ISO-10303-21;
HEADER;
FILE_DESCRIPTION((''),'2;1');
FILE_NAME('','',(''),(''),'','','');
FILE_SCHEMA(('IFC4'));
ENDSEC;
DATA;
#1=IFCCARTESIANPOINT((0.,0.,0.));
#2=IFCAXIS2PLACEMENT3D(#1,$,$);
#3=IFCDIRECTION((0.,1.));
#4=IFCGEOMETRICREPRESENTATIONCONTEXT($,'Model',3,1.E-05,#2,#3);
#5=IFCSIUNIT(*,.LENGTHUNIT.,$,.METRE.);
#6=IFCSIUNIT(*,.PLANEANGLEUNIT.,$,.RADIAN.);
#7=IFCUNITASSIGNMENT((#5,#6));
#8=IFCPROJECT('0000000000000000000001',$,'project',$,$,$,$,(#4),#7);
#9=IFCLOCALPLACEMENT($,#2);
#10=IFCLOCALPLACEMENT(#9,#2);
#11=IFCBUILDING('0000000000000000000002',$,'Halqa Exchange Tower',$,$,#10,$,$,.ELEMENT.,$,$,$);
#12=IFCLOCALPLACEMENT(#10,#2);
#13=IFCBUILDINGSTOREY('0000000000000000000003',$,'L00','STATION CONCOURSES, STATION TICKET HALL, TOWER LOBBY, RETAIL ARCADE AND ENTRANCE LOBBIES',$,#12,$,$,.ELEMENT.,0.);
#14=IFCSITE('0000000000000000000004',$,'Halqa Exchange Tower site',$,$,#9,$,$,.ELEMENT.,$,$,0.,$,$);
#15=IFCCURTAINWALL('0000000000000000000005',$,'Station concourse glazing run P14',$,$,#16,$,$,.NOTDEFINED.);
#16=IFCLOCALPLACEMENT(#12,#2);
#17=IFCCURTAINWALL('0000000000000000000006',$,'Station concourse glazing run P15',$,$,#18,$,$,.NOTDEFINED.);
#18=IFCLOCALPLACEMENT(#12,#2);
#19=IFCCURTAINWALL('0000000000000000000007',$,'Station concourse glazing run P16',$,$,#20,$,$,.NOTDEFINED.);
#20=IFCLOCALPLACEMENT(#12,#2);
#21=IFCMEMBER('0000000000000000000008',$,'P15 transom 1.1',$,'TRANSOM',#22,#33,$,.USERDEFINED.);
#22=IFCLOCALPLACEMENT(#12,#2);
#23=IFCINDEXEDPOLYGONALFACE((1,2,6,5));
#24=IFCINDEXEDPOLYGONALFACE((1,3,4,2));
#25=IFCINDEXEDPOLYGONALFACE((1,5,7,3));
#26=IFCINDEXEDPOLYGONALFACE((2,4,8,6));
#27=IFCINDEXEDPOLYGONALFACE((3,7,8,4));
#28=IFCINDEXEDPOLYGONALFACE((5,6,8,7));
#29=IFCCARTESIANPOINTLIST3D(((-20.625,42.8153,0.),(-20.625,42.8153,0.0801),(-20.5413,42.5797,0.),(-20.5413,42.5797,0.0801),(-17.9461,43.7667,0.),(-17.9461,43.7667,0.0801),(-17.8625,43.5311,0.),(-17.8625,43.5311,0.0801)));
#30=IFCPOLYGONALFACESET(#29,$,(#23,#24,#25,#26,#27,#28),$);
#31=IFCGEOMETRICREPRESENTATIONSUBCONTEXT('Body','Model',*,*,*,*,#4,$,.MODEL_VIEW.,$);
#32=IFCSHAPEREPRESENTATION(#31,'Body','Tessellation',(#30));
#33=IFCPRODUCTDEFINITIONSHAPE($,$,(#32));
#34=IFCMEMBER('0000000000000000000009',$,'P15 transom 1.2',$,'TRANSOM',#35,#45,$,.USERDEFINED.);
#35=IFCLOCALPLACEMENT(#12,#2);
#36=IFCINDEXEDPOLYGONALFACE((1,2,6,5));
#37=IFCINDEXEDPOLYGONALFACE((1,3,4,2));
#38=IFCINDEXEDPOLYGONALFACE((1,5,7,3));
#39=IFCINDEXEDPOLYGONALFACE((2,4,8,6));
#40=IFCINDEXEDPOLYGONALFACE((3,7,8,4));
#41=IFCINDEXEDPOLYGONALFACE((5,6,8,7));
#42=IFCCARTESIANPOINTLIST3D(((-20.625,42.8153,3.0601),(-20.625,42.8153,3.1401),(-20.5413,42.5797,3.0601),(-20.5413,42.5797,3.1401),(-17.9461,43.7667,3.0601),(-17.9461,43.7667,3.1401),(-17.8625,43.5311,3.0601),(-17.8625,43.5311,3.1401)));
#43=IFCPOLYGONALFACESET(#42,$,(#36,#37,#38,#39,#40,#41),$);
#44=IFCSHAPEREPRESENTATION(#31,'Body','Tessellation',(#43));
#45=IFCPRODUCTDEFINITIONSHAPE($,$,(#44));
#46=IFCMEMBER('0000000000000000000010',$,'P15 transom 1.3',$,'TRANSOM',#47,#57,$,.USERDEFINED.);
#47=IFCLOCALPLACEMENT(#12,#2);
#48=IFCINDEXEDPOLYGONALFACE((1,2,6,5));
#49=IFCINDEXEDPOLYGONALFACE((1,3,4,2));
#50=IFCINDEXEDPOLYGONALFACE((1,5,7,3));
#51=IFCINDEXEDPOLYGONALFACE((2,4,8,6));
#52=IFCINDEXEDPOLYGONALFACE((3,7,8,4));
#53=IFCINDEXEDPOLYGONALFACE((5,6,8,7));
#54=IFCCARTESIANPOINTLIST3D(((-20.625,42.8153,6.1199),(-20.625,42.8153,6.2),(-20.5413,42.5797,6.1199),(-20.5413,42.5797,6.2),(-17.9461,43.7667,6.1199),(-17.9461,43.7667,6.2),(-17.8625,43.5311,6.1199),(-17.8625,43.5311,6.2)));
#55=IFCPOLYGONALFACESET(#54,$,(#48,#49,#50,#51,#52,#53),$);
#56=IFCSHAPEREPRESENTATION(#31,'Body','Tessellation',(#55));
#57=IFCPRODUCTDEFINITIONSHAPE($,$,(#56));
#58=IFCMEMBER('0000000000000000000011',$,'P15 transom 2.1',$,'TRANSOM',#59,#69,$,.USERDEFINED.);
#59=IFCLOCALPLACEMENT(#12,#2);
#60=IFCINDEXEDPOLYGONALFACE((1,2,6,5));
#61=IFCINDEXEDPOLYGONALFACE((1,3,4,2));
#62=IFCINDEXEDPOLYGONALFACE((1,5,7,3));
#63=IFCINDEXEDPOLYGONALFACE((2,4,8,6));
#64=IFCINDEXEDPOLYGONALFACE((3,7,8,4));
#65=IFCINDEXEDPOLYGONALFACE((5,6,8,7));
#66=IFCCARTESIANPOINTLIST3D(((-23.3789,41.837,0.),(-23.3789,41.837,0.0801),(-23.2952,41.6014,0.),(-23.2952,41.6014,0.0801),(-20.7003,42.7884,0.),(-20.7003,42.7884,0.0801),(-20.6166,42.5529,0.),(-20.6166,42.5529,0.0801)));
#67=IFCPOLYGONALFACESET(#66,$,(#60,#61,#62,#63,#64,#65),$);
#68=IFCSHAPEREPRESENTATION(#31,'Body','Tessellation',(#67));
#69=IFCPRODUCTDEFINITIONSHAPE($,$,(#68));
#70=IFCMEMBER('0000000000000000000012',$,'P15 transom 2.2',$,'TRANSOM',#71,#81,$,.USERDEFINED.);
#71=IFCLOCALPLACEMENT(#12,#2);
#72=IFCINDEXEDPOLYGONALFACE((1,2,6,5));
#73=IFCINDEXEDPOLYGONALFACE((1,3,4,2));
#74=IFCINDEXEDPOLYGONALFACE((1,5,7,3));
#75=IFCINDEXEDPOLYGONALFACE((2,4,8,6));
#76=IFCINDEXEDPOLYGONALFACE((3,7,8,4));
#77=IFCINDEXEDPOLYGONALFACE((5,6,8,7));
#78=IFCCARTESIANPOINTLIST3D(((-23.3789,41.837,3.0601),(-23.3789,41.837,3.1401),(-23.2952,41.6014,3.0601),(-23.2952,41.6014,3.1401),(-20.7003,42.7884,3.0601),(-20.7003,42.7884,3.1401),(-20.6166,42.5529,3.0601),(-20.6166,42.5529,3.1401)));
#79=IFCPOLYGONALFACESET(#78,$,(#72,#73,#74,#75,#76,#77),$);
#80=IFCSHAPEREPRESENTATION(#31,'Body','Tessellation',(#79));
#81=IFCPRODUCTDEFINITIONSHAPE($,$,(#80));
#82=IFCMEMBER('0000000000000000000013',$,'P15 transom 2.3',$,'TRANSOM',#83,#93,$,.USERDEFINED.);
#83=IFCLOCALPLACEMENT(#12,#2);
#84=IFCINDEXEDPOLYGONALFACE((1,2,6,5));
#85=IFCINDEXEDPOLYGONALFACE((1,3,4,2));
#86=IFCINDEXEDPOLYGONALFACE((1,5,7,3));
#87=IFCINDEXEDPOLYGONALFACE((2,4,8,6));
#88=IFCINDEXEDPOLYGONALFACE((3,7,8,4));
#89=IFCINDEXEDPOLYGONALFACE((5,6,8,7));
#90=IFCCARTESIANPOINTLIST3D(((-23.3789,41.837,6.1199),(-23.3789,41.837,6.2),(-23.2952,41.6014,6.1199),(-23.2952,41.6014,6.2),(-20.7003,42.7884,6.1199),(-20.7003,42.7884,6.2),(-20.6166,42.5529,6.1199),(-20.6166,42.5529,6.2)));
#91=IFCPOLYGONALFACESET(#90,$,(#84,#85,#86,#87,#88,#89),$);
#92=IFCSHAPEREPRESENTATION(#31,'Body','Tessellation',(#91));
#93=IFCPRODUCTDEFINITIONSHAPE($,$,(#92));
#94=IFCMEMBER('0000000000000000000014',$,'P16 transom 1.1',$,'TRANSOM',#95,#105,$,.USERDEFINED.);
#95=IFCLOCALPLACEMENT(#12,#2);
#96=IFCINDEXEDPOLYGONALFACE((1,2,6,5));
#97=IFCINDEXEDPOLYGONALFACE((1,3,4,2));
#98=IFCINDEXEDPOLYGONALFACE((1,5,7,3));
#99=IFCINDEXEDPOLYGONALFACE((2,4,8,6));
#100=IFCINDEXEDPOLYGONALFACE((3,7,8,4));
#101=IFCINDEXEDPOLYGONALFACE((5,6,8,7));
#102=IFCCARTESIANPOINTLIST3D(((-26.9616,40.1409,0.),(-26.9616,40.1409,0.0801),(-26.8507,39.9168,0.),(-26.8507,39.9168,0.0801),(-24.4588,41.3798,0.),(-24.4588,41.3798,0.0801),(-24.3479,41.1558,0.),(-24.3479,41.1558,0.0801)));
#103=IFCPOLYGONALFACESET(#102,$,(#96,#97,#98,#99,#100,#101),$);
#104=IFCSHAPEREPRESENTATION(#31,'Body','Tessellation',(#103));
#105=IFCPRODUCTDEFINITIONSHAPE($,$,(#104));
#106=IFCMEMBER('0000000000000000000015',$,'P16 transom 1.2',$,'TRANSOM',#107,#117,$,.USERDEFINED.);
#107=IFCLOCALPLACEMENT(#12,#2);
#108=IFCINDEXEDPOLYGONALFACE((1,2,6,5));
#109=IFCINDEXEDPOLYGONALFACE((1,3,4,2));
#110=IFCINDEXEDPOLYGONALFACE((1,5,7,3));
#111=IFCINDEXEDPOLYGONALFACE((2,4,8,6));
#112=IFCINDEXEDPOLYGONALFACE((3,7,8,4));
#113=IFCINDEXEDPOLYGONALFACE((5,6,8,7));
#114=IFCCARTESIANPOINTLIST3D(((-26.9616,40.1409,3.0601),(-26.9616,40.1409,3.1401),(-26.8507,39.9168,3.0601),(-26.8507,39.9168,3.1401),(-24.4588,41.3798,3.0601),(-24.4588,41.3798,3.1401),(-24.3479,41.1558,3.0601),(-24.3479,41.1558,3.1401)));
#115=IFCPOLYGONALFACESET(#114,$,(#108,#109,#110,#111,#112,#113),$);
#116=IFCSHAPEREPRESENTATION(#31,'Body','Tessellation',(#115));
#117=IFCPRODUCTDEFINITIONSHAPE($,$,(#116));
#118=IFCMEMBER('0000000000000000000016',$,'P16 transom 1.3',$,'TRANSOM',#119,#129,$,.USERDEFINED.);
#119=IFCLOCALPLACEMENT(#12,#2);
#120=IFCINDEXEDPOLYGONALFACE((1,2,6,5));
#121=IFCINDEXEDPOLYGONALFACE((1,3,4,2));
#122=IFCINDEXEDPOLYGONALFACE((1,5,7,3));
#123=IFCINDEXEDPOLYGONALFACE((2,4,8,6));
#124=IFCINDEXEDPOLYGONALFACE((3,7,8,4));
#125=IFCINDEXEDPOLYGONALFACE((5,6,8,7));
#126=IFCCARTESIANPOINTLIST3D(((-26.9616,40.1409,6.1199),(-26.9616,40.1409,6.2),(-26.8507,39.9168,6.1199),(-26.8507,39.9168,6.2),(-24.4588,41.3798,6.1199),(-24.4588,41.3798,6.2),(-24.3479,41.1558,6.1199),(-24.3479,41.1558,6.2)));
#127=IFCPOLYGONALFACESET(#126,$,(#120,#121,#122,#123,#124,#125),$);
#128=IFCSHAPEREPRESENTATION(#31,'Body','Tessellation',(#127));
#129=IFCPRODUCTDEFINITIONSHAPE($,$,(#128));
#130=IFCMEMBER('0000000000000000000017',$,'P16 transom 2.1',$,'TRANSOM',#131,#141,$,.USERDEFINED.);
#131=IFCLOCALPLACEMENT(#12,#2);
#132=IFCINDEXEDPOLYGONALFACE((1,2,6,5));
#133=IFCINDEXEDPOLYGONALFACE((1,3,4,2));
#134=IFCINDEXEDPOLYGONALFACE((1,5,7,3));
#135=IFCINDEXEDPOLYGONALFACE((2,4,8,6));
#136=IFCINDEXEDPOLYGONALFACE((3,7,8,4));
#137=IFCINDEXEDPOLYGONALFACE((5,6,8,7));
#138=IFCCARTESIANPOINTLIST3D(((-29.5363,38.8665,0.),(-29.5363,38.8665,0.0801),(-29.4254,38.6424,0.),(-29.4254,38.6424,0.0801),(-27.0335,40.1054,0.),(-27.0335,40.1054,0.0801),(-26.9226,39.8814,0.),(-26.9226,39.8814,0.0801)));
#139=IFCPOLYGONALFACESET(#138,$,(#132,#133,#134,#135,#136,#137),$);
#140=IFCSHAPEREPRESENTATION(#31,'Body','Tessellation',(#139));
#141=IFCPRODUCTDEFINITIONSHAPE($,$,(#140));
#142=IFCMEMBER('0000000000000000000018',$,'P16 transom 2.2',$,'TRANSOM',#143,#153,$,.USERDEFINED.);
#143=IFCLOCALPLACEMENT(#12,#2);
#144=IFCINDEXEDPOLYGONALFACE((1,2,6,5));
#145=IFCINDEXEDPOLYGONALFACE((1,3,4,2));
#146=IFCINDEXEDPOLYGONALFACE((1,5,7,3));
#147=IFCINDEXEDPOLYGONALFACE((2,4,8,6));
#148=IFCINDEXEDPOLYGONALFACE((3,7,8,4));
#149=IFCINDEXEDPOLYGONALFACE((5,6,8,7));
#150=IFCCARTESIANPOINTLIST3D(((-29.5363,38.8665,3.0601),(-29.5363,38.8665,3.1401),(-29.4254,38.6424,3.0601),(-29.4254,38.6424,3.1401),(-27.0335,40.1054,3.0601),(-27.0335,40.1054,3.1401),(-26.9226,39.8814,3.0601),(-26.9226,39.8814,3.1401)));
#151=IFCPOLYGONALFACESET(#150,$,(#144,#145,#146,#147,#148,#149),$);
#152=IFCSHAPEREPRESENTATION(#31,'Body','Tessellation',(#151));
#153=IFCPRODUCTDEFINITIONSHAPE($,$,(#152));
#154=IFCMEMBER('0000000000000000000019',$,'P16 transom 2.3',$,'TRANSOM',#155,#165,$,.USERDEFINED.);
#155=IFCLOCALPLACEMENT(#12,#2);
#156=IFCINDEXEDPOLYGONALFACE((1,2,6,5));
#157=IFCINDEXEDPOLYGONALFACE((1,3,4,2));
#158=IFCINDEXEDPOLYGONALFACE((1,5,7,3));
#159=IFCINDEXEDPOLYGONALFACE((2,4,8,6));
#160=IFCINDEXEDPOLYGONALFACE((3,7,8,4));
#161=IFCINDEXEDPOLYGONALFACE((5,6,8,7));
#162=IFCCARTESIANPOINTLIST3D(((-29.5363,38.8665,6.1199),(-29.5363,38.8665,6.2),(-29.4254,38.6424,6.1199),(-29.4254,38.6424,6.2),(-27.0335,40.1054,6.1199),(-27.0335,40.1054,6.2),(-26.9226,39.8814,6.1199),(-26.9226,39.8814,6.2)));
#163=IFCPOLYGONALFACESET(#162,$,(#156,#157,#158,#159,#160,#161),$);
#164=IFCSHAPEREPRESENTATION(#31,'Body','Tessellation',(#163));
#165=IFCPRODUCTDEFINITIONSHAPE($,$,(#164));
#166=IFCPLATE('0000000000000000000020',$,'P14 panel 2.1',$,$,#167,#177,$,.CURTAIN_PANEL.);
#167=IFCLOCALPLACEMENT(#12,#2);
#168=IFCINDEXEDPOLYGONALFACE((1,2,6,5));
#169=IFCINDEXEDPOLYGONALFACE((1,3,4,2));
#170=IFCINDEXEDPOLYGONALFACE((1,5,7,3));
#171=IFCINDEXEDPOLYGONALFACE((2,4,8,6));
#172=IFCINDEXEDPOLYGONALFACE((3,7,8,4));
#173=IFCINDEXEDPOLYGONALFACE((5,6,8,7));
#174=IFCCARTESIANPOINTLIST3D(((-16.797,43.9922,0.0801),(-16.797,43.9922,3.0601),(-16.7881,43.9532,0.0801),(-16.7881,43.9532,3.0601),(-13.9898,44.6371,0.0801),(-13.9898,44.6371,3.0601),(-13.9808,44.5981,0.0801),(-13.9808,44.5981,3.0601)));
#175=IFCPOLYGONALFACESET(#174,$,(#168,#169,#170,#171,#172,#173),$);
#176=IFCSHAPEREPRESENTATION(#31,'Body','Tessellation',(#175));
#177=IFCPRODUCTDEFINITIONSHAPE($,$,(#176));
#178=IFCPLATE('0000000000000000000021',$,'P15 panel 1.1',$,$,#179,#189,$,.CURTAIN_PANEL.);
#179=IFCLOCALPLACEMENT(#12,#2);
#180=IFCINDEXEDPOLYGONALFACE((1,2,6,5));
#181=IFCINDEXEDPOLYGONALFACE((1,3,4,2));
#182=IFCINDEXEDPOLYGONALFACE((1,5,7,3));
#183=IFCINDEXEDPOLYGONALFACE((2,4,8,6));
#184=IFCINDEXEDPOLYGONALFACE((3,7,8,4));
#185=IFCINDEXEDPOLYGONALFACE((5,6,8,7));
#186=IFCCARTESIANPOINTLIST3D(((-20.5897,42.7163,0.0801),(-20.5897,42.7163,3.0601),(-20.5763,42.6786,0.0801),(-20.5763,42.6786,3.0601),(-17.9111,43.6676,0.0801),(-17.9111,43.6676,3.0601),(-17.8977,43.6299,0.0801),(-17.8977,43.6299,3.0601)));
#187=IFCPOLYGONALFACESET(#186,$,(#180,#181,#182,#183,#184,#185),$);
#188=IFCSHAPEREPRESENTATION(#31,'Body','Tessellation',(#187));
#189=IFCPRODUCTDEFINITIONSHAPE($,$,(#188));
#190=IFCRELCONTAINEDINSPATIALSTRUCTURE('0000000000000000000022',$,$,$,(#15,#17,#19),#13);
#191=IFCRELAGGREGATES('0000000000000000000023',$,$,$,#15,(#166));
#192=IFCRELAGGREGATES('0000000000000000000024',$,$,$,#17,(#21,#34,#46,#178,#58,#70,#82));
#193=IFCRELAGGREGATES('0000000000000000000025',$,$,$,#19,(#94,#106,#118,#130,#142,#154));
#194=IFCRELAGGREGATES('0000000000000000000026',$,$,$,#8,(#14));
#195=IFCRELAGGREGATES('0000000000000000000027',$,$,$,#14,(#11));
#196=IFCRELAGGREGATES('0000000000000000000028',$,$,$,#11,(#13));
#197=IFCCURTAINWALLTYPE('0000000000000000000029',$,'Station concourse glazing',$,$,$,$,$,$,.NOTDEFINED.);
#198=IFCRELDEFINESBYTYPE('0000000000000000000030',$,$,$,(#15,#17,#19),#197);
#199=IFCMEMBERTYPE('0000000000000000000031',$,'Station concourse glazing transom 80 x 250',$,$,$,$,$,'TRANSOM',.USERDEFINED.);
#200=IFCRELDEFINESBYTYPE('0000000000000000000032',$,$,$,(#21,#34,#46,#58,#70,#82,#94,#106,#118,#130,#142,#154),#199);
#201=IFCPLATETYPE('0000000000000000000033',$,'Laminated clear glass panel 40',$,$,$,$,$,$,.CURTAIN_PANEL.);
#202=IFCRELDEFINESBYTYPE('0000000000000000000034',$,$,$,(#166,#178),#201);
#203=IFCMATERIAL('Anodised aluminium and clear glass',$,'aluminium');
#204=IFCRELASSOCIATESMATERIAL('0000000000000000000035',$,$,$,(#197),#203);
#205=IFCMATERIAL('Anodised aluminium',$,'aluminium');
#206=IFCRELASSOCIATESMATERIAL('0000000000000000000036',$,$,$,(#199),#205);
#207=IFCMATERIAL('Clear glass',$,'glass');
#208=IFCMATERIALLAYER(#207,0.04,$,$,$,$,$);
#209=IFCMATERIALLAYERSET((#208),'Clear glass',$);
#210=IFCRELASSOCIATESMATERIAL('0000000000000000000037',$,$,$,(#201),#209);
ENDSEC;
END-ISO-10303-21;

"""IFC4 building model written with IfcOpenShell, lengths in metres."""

from ifc_helpers import new_model, si_unit, direction, frame, origin, origin_2d, place, context, subcontext, project, spatial, rectangle, extrude, material, layer, layer_set, material_profile, profile_set, type_object, element, aggregate, save


model = new_model("IFC4")

# Units and contexts
model_context = context("Model", 3, precision=1e-05, world=origin(), true_north=direction((0.0, 1.0)))
body_context = subcontext(model_context, "Body", "Model", "MODEL_VIEW")
ifc_project = project(units=[si_unit("LENGTHUNIT", "METRE"), si_unit("PLANEANGLEUNIT", "RADIAN")], contexts=[model_context])

# Site, building, storey
site_placement = place(None, origin())
site = spatial("IfcSite", under=ifc_project, at=site_placement, Name="Halqa Exchange Tower site", CompositionType="ELEMENT", RefElevation=0.0)
building_placement = place(site_placement, origin())
building = spatial("IfcBuilding", under=site, at=building_placement, Name="Halqa Exchange Tower", CompositionType="ELEMENT")
storey_placement = place(building_placement, origin())
storey = spatial("IfcBuildingStorey", under=building, at=storey_placement, Name="L00", Description="STATION CONCOURSES, STATION TICKET HALL, TOWER LOBBY, RETAIL ARCADE AND ENTRANCE LOBBIES", CompositionType="ELEMENT", Elevation=0.0)

# Curtain wall
ifc_material_1 = material(Name="Anodised aluminium and clear glass", Category="aluminium")
curtain_wall_type = type_object("IfcCurtainWallType", Name="Station concourse glazing", PredefinedType="NOTDEFINED", material=ifc_material_1)
curtain_wall_1_placement = place(storey_placement, origin())
curtain_wall_1 = element("IfcCurtainWall", 1, at=curtain_wall_1_placement, inside=storey, type_object=curtain_wall_type, Name="Station concourse glazing run P14", PredefinedType="NOTDEFINED")
ifc_material_2 = material(Name="Anodised aluminium", Category="aluminium")

# Curtain walls
curtain_wall_2_placement = place(storey_placement, origin())
curtain_wall_2 = element("IfcCurtainWall", 2, at=curtain_wall_2_placement, inside=storey, type_object=curtain_wall_type, Name="Station concourse glazing run P15", PredefinedType="NOTDEFINED")
curtain_wall_3_placement = place(storey_placement, origin())
curtain_wall_3 = element("IfcCurtainWall", 3, at=curtain_wall_3_placement, inside=storey, type_object=curtain_wall_type, Name="Station concourse glazing run P16", PredefinedType="NOTDEFINED")

# Members
ifc_material_profile_1 = material_profile(ifc_material_2, rectangle(XDim=0.25, YDim=0.0801, at=origin_2d()), Name="AL 80x250")
ifc_profile_set_1 = profile_set([ifc_material_profile_1], Name="Anodised aluminium")
member_type_1 = type_object("IfcMemberType", Name="Station concourse glazing transom 80 x 250", ElementType="TRANSOM", PredefinedType="USERDEFINED", material=ifc_profile_set_1)
member_1_placement = place(storey_placement, frame((-17.9043, 43.6489, 0.04), z_axis=(-0.942327, -0.334693, 0.0), x_axis=(0.334693, -0.942327, 0.0)))
member_1 = element("IfcMember", 4, at=member_1_placement, type_object=member_type_1, Name="P15 transom 1.1", ObjectType="TRANSOM", PredefinedType="USERDEFINED", context=body_context, shape_type="SweptSolid", body=[
    extrude(rectangle(XDim=0.25, YDim=0.0801, at=origin_2d()), origin(), (0.0, 0.0, 1.0), 2.8428),
])
member_2_placement = place(storey_placement, frame((-17.9043, 43.6489, 3.1001), z_axis=(-0.942327, -0.334693, 0.0), x_axis=(0.334693, -0.942327, 0.0)))
member_2 = element("IfcMember", 5, at=member_2_placement, type_object=member_type_1, Name="P15 transom 1.2", ObjectType="TRANSOM", PredefinedType="USERDEFINED", context=body_context, shape_type="SweptSolid", body=[
    extrude(rectangle(XDim=0.25, YDim=0.0801, at=origin_2d()), origin(), (0.0, 0.0, 1.0), 2.8428),
])
member_3_placement = place(storey_placement, frame((-17.9043, 43.6489, 6.1599), z_axis=(-0.942327, -0.334693, 0.0), x_axis=(0.334693, -0.942327, 0.0)))
member_3 = element("IfcMember", 6, at=member_3_placement, type_object=member_type_1, Name="P15 transom 1.3", ObjectType="TRANSOM", PredefinedType="USERDEFINED", context=body_context, shape_type="SweptSolid", body=[
    extrude(rectangle(XDim=0.25, YDim=0.0801, at=origin_2d()), origin(), (0.0, 0.0, 1.0), 2.8428),
])
member_4_placement = place(storey_placement, frame((-20.6584, 42.6707, 0.04), z_axis=(-0.942318, -0.33472, 0.0), x_axis=(0.33472, -0.942318, 0.0)))
member_4 = element("IfcMember", 7, at=member_4_placement, type_object=member_type_1, Name="P15 transom 2.1", ObjectType="TRANSOM", PredefinedType="USERDEFINED", context=body_context, shape_type="SweptSolid", body=[
    extrude(rectangle(XDim=0.25, YDim=0.0801, at=origin_2d()), origin(), (0.0, 0.0, 1.0), 2.8425),
])
member_5_placement = place(storey_placement, frame((-20.6584, 42.6707, 3.1001), z_axis=(-0.942318, -0.33472, 0.0), x_axis=(0.33472, -0.942318, 0.0)))
member_5 = element("IfcMember", 8, at=member_5_placement, type_object=member_type_1, Name="P15 transom 2.2", ObjectType="TRANSOM", PredefinedType="USERDEFINED", context=body_context, shape_type="SweptSolid", body=[
    extrude(rectangle(XDim=0.25, YDim=0.0801, at=origin_2d()), origin(), (0.0, 0.0, 1.0), 2.8425),
])
member_6_placement = place(storey_placement, frame((-20.6584, 42.6707, 6.1599), z_axis=(-0.942318, -0.33472, 0.0), x_axis=(0.33472, -0.942318, 0.0)))
member_6 = element("IfcMember", 9, at=member_6_placement, type_object=member_type_1, Name="P15 transom 2.3", ObjectType="TRANSOM", PredefinedType="USERDEFINED", context=body_context, shape_type="SweptSolid", body=[
    extrude(rectangle(XDim=0.25, YDim=0.0801, at=origin_2d()), origin(), (0.0, 0.0, 1.0), 2.8425),
])
member_7_placement = place(storey_placement, frame((-24.4033, 41.2678, 0.04), z_axis=(-0.896203, -0.443643, 0.0), x_axis=(0.443643, -0.896203, 0.0)))
member_7 = element("IfcMember", 10, at=member_7_placement, type_object=member_type_1, Name="P16 transom 1.1", ObjectType="TRANSOM", PredefinedType="USERDEFINED", context=body_context, shape_type="SweptSolid", body=[
    extrude(rectangle(XDim=0.25, YDim=0.0801, at=origin_2d()), origin(), (0.0, 0.0, 1.0), 2.7927),
])
member_8_placement = place(storey_placement, frame((-24.4033, 41.2678, 3.1001), z_axis=(-0.896203, -0.443643, 0.0), x_axis=(0.443643, -0.896203, 0.0)))
member_8 = element("IfcMember", 11, at=member_8_placement, type_object=member_type_1, Name="P16 transom 1.2", ObjectType="TRANSOM", PredefinedType="USERDEFINED", context=body_context, shape_type="SweptSolid", body=[
    extrude(rectangle(XDim=0.25, YDim=0.0801, at=origin_2d()), origin(), (0.0, 0.0, 1.0), 2.7927),
])
member_9_placement = place(storey_placement, frame((-24.4033, 41.2678, 6.1599), z_axis=(-0.896203, -0.443643, 0.0), x_axis=(0.443643, -0.896203, 0.0)))
member_9 = element("IfcMember", 12, at=member_9_placement, type_object=member_type_1, Name="P16 transom 1.3", ObjectType="TRANSOM", PredefinedType="USERDEFINED", context=body_context, shape_type="SweptSolid", body=[
    extrude(rectangle(XDim=0.25, YDim=0.0801, at=origin_2d()), origin(), (0.0, 0.0, 1.0), 2.7927),
])
member_10_placement = place(storey_placement, frame((-26.978, 39.9934, 0.04), z_axis=(-0.896203, -0.443643, 0.0), x_axis=(0.443643, -0.896203, 0.0)))
member_10 = element("IfcMember", 13, at=member_10_placement, type_object=member_type_1, Name="P16 transom 2.1", ObjectType="TRANSOM", PredefinedType="USERDEFINED", context=body_context, shape_type="SweptSolid", body=[
    extrude(rectangle(XDim=0.25, YDim=0.0801, at=origin_2d()), origin(), (0.0, 0.0, 1.0), 2.7927),
])
member_11_placement = place(storey_placement, frame((-26.978, 39.9934, 3.1001), z_axis=(-0.896203, -0.443643, 0.0), x_axis=(0.443643, -0.896203, 0.0)))
member_11 = element("IfcMember", 14, at=member_11_placement, type_object=member_type_1, Name="P16 transom 2.2", ObjectType="TRANSOM", PredefinedType="USERDEFINED", context=body_context, shape_type="SweptSolid", body=[
    extrude(rectangle(XDim=0.25, YDim=0.0801, at=origin_2d()), origin(), (0.0, 0.0, 1.0), 2.7927),
])
member_12_placement = place(storey_placement, frame((-26.978, 39.9934, 6.1599), z_axis=(-0.896203, -0.443643, 0.0), x_axis=(0.443643, -0.896203, 0.0)))
member_12 = element("IfcMember", 15, at=member_12_placement, type_object=member_type_1, Name="P16 transom 2.3", ObjectType="TRANSOM", PredefinedType="USERDEFINED", context=body_context, shape_type="SweptSolid", body=[
    extrude(rectangle(XDim=0.25, YDim=0.0801, at=origin_2d()), origin(), (0.0, 0.0, 1.0), 2.7927),
])

# Plates
ifc_material_3 = material(Name="Clear glass", Category="glass")
ifc_layer_1 = layer(ifc_material_3, 0.04)
ifc_layer_set_1 = layer_set([ifc_layer_1], Name="Clear glass")
plate_type = type_object("IfcPlateType", Name="Laminated clear glass panel 40", PredefinedType="CURTAIN_PANEL", material=ifc_layer_set_1)
plate_1_placement = place(storey_placement, frame((-15.3889, 44.2952, 0.0801), z_axis=(0.0, 0.0, 1.0), x_axis=(-0.974613, -0.223897, 0.0)))
plate_1 = element("IfcPlate", 16, at=plate_1_placement, type_object=plate_type, Name="P14 panel 2.1", PredefinedType="CURTAIN_PANEL", context=body_context, shape_type="SweptSolid", body=[
    extrude(rectangle(XDim=2.8804, YDim=0.04, at=origin_2d()), origin(), (0.0, 0.0, 1.0), 2.98),
])
aggregate(curtain_wall_1, [plate_1])
plate_2_placement = place(storey_placement, frame((-19.2437, 43.1731, 0.0801), z_axis=(0.0, 0.0, 1.0), x_axis=(-0.942329, -0.334688, 0.0)))
plate_2 = element("IfcPlate", 17, at=plate_2_placement, type_object=plate_type, Name="P15 panel 1.1", PredefinedType="CURTAIN_PANEL", context=body_context, shape_type="SweptSolid", body=[
    extrude(rectangle(XDim=2.8425, YDim=0.04, at=origin_2d()), origin(), (0.0, 0.0, 1.0), 2.98),
])
aggregate(curtain_wall_2, [member_1, member_2, member_3, plate_2, member_4, member_5, member_6])
aggregate(curtain_wall_3, [member_7, member_8, member_9, member_10, member_11, member_12])

save(model, "model.ifc")
